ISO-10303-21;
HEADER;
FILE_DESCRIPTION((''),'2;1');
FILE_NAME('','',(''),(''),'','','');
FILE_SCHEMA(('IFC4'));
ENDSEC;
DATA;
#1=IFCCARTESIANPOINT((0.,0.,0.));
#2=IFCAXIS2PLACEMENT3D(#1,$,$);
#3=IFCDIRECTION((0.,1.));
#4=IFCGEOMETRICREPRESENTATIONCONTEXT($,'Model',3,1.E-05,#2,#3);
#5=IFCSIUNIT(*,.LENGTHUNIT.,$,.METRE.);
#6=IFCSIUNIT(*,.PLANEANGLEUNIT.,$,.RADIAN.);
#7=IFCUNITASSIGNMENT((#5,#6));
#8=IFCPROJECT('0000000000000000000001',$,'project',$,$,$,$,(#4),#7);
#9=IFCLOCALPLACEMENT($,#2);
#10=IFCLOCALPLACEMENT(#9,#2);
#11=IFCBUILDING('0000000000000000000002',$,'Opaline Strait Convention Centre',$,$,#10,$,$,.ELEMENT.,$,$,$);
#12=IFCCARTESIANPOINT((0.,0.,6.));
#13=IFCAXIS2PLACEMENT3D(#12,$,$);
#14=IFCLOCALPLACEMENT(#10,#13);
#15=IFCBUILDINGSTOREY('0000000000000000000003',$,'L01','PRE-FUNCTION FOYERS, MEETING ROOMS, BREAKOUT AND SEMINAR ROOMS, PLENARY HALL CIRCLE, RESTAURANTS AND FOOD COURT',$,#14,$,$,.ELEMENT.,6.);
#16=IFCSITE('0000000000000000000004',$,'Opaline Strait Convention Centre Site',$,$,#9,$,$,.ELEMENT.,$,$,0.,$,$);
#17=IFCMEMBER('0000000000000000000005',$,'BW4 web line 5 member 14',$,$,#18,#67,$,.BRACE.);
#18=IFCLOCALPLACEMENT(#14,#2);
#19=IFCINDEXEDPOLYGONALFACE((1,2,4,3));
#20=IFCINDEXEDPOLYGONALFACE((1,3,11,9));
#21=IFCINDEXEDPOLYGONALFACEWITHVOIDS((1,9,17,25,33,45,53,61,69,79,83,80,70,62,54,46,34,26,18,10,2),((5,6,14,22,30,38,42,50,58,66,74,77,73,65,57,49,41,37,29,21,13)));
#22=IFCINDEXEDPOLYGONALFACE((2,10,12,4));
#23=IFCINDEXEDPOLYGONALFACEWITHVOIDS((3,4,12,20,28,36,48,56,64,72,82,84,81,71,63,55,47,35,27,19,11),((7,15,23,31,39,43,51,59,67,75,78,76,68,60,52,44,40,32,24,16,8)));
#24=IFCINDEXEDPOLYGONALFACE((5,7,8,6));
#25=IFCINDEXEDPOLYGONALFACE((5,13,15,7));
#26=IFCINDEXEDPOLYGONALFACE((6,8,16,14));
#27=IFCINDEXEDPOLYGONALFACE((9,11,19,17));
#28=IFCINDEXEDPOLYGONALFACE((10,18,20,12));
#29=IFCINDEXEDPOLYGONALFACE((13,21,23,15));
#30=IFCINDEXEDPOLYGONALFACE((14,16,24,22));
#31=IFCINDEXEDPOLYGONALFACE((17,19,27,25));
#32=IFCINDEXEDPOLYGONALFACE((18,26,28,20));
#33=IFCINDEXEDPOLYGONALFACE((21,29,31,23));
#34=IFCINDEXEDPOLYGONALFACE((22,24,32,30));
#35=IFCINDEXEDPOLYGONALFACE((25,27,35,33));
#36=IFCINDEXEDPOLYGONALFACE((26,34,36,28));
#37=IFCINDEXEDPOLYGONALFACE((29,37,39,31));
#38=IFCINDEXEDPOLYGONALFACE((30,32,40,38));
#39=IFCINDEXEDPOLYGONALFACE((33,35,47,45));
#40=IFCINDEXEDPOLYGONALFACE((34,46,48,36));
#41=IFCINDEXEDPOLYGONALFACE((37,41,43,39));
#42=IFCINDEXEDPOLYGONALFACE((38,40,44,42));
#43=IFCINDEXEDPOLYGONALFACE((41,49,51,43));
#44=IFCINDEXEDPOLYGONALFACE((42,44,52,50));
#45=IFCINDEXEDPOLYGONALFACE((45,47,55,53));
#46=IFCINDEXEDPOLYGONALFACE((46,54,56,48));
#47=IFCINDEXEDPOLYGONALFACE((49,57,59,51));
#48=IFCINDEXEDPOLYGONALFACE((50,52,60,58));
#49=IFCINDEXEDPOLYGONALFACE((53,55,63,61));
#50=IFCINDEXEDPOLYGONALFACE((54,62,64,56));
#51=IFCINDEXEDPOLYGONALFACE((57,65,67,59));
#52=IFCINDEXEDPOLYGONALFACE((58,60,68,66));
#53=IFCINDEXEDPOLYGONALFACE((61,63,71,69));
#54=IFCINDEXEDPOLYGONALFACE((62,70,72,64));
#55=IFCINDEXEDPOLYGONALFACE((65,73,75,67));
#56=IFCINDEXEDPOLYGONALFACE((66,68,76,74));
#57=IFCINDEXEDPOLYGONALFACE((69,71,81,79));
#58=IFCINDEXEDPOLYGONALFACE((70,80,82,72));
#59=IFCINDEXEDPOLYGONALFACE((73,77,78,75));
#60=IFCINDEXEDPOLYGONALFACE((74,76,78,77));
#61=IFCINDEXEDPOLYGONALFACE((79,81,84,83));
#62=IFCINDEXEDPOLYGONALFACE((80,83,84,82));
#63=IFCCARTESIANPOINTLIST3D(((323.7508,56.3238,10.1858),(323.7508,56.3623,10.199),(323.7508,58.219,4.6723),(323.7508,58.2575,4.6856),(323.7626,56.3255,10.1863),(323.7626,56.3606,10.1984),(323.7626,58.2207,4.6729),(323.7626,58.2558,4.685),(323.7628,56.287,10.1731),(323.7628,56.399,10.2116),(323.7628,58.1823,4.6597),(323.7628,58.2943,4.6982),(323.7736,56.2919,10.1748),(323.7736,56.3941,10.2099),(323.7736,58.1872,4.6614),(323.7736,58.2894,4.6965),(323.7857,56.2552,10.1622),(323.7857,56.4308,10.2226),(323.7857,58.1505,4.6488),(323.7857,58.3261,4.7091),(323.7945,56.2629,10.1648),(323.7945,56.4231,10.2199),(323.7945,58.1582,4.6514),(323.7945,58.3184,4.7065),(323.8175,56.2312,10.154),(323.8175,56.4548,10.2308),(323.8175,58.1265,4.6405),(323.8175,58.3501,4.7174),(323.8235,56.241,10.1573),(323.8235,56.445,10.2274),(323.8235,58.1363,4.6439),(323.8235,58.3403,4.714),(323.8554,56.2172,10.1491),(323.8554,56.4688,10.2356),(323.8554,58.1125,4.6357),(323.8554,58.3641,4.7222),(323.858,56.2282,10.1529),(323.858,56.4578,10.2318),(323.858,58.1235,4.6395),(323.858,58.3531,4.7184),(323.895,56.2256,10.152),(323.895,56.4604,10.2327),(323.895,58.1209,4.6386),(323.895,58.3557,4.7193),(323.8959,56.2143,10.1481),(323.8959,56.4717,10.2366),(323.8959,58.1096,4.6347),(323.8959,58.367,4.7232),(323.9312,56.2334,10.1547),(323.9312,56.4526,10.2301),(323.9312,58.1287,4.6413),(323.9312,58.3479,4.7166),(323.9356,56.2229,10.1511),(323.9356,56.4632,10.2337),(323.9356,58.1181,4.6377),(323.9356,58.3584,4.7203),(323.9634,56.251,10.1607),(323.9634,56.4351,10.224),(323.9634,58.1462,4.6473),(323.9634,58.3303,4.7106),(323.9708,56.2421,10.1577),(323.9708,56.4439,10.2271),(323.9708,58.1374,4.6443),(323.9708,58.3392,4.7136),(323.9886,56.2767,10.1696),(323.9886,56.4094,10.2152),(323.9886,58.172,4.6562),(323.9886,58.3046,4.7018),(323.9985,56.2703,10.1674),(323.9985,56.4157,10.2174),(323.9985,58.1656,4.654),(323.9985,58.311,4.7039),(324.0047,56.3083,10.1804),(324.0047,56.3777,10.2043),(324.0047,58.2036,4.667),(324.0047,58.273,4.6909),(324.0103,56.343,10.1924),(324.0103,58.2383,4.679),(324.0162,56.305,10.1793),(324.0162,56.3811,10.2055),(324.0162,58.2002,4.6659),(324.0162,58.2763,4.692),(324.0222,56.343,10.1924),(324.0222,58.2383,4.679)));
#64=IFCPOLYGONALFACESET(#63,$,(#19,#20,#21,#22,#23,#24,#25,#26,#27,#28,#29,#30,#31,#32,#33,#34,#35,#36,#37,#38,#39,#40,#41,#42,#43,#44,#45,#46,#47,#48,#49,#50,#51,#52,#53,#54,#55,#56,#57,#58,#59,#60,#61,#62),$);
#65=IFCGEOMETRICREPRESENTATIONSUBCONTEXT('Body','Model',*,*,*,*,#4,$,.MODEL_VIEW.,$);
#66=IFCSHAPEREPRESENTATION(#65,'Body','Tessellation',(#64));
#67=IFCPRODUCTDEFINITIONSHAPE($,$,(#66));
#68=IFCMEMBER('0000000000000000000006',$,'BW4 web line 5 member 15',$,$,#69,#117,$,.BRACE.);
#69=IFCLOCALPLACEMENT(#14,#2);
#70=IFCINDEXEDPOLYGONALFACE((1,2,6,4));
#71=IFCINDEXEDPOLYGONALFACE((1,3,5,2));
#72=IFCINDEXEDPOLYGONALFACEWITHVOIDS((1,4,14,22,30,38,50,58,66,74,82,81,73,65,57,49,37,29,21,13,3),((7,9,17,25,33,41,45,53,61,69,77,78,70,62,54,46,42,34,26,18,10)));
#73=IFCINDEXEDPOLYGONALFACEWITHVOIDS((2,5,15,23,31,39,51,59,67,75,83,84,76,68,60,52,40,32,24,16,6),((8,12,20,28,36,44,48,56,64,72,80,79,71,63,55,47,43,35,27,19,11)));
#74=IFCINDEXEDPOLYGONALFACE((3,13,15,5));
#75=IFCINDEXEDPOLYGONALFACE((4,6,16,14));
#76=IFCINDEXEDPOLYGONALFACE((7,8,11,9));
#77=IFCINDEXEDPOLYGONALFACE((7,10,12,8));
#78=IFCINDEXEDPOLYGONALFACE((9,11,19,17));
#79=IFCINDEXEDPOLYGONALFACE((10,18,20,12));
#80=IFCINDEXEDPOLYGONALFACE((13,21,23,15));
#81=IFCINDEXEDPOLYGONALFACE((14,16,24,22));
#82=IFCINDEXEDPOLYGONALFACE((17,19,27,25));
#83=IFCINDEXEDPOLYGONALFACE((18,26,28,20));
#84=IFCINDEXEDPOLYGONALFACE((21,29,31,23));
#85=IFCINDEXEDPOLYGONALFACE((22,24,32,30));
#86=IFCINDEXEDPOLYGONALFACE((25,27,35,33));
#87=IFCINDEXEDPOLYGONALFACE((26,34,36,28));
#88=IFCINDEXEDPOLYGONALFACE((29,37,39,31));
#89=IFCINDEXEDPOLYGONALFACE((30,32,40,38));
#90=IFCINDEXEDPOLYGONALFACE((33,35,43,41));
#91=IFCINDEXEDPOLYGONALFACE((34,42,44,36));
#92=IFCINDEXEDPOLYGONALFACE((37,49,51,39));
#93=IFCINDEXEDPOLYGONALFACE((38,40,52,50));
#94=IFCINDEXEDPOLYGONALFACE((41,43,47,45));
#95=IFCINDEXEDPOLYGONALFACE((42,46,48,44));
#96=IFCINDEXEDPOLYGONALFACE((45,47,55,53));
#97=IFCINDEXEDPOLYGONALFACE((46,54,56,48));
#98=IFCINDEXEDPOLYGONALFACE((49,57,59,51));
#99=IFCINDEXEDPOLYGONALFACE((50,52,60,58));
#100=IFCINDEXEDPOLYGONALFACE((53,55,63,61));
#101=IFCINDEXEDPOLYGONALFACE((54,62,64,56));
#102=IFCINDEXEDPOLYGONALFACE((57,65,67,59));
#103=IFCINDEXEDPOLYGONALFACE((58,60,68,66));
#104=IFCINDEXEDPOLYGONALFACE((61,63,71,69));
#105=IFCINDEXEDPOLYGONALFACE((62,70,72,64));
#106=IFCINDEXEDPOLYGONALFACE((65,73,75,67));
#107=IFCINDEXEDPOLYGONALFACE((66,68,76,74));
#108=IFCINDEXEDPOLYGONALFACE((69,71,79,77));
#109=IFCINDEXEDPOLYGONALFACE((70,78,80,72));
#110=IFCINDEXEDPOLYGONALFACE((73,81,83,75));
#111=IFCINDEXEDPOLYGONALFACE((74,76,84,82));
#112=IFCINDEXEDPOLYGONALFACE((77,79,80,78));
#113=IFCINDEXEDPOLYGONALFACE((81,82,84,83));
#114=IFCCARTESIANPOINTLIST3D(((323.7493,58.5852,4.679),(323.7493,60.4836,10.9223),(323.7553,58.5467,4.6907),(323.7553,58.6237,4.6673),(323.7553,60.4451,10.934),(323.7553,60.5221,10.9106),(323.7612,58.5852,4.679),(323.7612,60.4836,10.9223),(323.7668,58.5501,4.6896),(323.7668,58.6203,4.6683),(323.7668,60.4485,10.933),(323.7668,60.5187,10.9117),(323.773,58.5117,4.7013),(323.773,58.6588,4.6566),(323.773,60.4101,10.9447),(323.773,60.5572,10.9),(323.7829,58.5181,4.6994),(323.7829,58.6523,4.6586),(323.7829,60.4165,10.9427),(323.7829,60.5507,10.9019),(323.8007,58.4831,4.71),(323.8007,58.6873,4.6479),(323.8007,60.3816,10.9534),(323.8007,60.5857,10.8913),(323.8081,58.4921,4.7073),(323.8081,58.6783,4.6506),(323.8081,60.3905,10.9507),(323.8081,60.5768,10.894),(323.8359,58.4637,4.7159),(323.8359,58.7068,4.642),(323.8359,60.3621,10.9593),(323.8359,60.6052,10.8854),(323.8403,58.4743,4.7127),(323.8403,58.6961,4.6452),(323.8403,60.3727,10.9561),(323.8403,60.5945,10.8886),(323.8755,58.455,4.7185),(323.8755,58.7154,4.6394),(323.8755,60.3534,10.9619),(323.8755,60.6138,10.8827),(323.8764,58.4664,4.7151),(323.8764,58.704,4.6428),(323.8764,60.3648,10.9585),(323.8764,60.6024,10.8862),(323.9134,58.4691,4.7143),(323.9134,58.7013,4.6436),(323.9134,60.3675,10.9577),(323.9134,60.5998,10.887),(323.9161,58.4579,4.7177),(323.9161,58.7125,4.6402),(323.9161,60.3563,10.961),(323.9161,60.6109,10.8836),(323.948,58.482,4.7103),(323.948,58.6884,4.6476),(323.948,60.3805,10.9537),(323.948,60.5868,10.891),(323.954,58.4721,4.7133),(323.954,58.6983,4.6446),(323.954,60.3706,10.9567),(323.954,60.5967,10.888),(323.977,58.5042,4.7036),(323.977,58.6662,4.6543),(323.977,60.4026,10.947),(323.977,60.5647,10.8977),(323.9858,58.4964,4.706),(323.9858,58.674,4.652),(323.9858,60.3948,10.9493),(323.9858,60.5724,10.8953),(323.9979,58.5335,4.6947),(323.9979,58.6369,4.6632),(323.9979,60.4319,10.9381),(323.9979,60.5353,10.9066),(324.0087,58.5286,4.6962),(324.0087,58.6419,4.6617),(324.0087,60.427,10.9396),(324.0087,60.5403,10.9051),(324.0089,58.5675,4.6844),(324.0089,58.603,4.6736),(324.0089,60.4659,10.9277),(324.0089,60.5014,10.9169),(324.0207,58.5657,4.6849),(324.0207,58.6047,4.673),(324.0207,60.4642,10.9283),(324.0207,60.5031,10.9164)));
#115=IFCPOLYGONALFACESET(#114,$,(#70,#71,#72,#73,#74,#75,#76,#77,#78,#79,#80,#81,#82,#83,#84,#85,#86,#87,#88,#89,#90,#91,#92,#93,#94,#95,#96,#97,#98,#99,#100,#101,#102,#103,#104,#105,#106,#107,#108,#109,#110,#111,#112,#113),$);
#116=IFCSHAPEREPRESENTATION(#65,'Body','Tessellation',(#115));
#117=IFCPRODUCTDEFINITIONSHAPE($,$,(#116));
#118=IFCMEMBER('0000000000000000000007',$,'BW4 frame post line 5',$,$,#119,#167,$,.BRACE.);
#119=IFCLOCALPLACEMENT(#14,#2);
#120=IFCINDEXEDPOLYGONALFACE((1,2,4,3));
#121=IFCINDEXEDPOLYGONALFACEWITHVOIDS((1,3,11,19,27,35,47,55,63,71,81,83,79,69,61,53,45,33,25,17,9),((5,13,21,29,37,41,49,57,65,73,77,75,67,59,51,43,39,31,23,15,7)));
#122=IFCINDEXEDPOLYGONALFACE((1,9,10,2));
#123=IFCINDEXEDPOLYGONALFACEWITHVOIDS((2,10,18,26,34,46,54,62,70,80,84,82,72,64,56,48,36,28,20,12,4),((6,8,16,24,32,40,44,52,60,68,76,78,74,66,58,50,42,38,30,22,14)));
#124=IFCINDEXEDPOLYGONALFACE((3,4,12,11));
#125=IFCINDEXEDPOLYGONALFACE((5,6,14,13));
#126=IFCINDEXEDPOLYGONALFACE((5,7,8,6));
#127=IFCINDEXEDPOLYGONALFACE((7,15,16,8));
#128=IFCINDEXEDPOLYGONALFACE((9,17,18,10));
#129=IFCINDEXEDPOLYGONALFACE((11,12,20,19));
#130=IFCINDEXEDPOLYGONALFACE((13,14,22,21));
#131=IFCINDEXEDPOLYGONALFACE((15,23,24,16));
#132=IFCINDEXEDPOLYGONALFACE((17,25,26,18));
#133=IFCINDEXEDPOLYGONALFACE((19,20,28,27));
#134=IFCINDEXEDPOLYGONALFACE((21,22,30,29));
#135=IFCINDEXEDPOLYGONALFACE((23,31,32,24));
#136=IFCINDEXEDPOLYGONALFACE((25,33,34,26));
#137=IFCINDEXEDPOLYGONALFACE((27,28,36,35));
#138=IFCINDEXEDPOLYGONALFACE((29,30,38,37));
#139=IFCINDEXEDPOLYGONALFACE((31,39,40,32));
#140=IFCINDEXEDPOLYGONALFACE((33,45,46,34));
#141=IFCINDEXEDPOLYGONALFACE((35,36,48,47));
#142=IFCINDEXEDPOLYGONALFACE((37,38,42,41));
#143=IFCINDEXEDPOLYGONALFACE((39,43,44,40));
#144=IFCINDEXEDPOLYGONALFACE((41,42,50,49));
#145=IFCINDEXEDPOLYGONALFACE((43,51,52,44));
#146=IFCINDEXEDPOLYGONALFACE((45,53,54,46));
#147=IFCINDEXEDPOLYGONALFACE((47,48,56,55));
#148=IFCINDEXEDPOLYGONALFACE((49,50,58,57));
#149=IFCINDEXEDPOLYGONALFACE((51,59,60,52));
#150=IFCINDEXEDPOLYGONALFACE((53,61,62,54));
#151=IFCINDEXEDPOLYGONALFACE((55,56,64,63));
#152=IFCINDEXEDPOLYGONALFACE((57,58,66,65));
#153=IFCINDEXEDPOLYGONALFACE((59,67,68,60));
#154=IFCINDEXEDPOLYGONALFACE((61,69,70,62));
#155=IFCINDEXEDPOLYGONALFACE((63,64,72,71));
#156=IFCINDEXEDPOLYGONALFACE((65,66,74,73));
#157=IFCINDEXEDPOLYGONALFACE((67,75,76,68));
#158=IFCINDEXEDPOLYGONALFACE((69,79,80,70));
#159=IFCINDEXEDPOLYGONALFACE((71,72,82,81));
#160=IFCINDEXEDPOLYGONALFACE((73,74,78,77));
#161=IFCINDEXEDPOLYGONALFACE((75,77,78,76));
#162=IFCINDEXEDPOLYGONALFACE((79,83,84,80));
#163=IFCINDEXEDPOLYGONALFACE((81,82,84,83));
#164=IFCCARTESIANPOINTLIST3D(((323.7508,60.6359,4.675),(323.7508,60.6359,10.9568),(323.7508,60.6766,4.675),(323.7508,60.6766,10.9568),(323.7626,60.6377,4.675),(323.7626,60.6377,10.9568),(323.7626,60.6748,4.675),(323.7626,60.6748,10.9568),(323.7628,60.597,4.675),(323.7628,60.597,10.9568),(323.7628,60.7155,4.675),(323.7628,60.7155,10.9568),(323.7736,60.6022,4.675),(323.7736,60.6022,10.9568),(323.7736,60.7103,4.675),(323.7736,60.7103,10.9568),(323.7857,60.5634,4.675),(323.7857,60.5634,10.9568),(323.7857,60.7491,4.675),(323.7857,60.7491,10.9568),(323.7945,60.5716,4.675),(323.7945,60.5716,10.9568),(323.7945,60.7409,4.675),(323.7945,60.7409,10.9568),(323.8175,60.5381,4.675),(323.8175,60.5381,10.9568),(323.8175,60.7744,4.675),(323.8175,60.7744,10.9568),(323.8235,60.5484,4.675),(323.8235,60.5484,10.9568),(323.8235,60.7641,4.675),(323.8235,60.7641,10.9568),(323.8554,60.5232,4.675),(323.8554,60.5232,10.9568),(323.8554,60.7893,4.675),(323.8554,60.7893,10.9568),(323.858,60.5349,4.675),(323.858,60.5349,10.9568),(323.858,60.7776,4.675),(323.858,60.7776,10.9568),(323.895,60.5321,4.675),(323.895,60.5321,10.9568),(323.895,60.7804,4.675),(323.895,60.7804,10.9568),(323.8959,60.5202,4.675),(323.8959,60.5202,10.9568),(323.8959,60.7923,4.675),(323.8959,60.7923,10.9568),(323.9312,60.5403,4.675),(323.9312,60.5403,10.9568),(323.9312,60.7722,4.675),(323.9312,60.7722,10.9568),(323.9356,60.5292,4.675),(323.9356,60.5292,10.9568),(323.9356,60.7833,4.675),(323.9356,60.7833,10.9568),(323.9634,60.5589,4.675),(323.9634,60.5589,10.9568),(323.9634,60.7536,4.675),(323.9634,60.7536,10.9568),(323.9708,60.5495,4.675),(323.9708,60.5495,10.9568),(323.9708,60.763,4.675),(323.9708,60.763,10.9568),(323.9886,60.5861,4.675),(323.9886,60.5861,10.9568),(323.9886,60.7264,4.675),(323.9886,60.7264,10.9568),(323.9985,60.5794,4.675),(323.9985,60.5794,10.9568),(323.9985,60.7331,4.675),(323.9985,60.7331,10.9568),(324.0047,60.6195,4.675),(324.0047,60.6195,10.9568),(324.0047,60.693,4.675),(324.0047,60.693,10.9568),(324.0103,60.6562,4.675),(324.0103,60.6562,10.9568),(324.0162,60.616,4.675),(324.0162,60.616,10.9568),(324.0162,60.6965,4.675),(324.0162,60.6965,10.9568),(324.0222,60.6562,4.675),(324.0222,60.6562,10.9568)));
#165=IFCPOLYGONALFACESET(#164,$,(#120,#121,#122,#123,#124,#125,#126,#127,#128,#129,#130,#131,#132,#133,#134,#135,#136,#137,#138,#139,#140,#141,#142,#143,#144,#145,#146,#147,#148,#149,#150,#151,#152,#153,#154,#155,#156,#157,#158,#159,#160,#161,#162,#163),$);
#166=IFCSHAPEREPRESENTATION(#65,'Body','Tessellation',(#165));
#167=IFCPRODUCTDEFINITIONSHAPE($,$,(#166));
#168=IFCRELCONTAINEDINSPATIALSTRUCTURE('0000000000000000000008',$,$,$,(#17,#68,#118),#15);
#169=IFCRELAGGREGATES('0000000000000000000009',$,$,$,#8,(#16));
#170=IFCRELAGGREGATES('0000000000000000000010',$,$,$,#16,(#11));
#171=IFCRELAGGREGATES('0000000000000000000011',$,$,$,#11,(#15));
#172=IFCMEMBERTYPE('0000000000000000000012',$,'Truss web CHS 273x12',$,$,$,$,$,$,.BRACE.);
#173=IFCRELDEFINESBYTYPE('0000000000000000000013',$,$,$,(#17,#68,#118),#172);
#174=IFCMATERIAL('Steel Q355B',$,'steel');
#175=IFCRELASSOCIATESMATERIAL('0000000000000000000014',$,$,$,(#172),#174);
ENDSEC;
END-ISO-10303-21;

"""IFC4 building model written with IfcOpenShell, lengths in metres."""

from ifc_helpers import new_model, si_unit, direction, frame, origin, origin_2d, place, context, subcontext, project, spatial, hollow_circle, extrude, material, material_profile, profile_set, type_object, element, save


model = new_model("IFC4")

# Units and contexts
model_context = context("Model", 3, precision=1e-05, world=origin(), true_north=direction((0.0, 1.0)))
body_context = subcontext(model_context, "Body", "Model", "MODEL_VIEW")
ifc_project = project(units=[si_unit("LENGTHUNIT", "METRE"), si_unit("PLANEANGLEUNIT", "RADIAN")], contexts=[model_context])

# Site, building, storey
site_placement = place(None, origin())
site = spatial("IfcSite", under=ifc_project, at=site_placement, Name="Opaline Strait Convention Centre Site", CompositionType="ELEMENT", RefElevation=0.0)
building_placement = place(site_placement, origin())
building = spatial("IfcBuilding", under=site, at=building_placement, Name="Opaline Strait Convention Centre", CompositionType="ELEMENT")
storey_placement = place(building_placement, frame((0.0, 0.0, 6.0)))
storey = spatial("IfcBuildingStorey", under=building, at=storey_placement, Name="L01", Description="PRE-FUNCTION FOYERS, MEETING ROOMS, BREAKOUT AND SEMINAR ROOMS, PLENARY HALL CIRCLE, RESTAURANTS AND FOOD COURT", CompositionType="ELEMENT", Elevation=6.0)

# Members
ifc_material_1 = material(Name="Steel Q355B", Category="steel")
ifc_material_profile_1 = material_profile(ifc_material_1, hollow_circle(Radius=0.1365, WallThickness=0.012, at=origin_2d()), Name="CHS 273x12")
ifc_profile_set_1 = profile_set([ifc_material_profile_1], Name="Steel Q355B")
member_type_1 = type_object("IfcMemberType", Name="Truss web CHS 273x12", PredefinedType="BRACE", material=ifc_profile_set_1)
member_1_placement = place(storey_placement, frame((323.8857, 58.2383, 4.679), z_axis=(0.0, -0.325083, 0.945685), x_axis=(1.0, 0.0, 0.0)))
element("IfcMember", 1, at=member_1_placement, inside=storey, type_object=member_type_1, Name="BW4 web line 5 member 14", PredefinedType="BRACE", context=body_context, shape_type="SweptSolid", body=[
    extrude(hollow_circle(Radius=0.1365, WallThickness=0.012, at=origin_2d()), origin(), (0.0, 0.0, 1.0), 5.8301),
])
member_2_placement = place(storey_placement, frame((323.8857, 58.5852, 4.679), z_axis=(0.0, 0.290919, 0.956748), x_axis=(-1.0, 0.0, 0.0)))
element("IfcMember", 2, at=member_2_placement, inside=storey, type_object=member_type_1, Name="BW4 web line 5 member 15", PredefinedType="BRACE", context=body_context, shape_type="SweptSolid", body=[
    extrude(hollow_circle(Radius=0.1365, WallThickness=0.012, at=origin_2d()), origin(), (0.0, 0.0, 1.0), 6.5256),
])
member_3_placement = place(storey_placement, frame((323.8857, 60.6562, 4.675), z_axis=(0.0, 0.0, 1.0), x_axis=(1.0, 0.0, 0.0)))
element("IfcMember", 3, at=member_3_placement, inside=storey, type_object=member_type_1, Name="BW4 frame post line 5", PredefinedType="BRACE", context=body_context, shape_type="SweptSolid", body=[
    extrude(hollow_circle(Radius=0.1365, WallThickness=0.012, at=origin_2d()), origin(), (0.0, 0.0, 1.0), 6.2817),
])

save(model, "model.ifc")
